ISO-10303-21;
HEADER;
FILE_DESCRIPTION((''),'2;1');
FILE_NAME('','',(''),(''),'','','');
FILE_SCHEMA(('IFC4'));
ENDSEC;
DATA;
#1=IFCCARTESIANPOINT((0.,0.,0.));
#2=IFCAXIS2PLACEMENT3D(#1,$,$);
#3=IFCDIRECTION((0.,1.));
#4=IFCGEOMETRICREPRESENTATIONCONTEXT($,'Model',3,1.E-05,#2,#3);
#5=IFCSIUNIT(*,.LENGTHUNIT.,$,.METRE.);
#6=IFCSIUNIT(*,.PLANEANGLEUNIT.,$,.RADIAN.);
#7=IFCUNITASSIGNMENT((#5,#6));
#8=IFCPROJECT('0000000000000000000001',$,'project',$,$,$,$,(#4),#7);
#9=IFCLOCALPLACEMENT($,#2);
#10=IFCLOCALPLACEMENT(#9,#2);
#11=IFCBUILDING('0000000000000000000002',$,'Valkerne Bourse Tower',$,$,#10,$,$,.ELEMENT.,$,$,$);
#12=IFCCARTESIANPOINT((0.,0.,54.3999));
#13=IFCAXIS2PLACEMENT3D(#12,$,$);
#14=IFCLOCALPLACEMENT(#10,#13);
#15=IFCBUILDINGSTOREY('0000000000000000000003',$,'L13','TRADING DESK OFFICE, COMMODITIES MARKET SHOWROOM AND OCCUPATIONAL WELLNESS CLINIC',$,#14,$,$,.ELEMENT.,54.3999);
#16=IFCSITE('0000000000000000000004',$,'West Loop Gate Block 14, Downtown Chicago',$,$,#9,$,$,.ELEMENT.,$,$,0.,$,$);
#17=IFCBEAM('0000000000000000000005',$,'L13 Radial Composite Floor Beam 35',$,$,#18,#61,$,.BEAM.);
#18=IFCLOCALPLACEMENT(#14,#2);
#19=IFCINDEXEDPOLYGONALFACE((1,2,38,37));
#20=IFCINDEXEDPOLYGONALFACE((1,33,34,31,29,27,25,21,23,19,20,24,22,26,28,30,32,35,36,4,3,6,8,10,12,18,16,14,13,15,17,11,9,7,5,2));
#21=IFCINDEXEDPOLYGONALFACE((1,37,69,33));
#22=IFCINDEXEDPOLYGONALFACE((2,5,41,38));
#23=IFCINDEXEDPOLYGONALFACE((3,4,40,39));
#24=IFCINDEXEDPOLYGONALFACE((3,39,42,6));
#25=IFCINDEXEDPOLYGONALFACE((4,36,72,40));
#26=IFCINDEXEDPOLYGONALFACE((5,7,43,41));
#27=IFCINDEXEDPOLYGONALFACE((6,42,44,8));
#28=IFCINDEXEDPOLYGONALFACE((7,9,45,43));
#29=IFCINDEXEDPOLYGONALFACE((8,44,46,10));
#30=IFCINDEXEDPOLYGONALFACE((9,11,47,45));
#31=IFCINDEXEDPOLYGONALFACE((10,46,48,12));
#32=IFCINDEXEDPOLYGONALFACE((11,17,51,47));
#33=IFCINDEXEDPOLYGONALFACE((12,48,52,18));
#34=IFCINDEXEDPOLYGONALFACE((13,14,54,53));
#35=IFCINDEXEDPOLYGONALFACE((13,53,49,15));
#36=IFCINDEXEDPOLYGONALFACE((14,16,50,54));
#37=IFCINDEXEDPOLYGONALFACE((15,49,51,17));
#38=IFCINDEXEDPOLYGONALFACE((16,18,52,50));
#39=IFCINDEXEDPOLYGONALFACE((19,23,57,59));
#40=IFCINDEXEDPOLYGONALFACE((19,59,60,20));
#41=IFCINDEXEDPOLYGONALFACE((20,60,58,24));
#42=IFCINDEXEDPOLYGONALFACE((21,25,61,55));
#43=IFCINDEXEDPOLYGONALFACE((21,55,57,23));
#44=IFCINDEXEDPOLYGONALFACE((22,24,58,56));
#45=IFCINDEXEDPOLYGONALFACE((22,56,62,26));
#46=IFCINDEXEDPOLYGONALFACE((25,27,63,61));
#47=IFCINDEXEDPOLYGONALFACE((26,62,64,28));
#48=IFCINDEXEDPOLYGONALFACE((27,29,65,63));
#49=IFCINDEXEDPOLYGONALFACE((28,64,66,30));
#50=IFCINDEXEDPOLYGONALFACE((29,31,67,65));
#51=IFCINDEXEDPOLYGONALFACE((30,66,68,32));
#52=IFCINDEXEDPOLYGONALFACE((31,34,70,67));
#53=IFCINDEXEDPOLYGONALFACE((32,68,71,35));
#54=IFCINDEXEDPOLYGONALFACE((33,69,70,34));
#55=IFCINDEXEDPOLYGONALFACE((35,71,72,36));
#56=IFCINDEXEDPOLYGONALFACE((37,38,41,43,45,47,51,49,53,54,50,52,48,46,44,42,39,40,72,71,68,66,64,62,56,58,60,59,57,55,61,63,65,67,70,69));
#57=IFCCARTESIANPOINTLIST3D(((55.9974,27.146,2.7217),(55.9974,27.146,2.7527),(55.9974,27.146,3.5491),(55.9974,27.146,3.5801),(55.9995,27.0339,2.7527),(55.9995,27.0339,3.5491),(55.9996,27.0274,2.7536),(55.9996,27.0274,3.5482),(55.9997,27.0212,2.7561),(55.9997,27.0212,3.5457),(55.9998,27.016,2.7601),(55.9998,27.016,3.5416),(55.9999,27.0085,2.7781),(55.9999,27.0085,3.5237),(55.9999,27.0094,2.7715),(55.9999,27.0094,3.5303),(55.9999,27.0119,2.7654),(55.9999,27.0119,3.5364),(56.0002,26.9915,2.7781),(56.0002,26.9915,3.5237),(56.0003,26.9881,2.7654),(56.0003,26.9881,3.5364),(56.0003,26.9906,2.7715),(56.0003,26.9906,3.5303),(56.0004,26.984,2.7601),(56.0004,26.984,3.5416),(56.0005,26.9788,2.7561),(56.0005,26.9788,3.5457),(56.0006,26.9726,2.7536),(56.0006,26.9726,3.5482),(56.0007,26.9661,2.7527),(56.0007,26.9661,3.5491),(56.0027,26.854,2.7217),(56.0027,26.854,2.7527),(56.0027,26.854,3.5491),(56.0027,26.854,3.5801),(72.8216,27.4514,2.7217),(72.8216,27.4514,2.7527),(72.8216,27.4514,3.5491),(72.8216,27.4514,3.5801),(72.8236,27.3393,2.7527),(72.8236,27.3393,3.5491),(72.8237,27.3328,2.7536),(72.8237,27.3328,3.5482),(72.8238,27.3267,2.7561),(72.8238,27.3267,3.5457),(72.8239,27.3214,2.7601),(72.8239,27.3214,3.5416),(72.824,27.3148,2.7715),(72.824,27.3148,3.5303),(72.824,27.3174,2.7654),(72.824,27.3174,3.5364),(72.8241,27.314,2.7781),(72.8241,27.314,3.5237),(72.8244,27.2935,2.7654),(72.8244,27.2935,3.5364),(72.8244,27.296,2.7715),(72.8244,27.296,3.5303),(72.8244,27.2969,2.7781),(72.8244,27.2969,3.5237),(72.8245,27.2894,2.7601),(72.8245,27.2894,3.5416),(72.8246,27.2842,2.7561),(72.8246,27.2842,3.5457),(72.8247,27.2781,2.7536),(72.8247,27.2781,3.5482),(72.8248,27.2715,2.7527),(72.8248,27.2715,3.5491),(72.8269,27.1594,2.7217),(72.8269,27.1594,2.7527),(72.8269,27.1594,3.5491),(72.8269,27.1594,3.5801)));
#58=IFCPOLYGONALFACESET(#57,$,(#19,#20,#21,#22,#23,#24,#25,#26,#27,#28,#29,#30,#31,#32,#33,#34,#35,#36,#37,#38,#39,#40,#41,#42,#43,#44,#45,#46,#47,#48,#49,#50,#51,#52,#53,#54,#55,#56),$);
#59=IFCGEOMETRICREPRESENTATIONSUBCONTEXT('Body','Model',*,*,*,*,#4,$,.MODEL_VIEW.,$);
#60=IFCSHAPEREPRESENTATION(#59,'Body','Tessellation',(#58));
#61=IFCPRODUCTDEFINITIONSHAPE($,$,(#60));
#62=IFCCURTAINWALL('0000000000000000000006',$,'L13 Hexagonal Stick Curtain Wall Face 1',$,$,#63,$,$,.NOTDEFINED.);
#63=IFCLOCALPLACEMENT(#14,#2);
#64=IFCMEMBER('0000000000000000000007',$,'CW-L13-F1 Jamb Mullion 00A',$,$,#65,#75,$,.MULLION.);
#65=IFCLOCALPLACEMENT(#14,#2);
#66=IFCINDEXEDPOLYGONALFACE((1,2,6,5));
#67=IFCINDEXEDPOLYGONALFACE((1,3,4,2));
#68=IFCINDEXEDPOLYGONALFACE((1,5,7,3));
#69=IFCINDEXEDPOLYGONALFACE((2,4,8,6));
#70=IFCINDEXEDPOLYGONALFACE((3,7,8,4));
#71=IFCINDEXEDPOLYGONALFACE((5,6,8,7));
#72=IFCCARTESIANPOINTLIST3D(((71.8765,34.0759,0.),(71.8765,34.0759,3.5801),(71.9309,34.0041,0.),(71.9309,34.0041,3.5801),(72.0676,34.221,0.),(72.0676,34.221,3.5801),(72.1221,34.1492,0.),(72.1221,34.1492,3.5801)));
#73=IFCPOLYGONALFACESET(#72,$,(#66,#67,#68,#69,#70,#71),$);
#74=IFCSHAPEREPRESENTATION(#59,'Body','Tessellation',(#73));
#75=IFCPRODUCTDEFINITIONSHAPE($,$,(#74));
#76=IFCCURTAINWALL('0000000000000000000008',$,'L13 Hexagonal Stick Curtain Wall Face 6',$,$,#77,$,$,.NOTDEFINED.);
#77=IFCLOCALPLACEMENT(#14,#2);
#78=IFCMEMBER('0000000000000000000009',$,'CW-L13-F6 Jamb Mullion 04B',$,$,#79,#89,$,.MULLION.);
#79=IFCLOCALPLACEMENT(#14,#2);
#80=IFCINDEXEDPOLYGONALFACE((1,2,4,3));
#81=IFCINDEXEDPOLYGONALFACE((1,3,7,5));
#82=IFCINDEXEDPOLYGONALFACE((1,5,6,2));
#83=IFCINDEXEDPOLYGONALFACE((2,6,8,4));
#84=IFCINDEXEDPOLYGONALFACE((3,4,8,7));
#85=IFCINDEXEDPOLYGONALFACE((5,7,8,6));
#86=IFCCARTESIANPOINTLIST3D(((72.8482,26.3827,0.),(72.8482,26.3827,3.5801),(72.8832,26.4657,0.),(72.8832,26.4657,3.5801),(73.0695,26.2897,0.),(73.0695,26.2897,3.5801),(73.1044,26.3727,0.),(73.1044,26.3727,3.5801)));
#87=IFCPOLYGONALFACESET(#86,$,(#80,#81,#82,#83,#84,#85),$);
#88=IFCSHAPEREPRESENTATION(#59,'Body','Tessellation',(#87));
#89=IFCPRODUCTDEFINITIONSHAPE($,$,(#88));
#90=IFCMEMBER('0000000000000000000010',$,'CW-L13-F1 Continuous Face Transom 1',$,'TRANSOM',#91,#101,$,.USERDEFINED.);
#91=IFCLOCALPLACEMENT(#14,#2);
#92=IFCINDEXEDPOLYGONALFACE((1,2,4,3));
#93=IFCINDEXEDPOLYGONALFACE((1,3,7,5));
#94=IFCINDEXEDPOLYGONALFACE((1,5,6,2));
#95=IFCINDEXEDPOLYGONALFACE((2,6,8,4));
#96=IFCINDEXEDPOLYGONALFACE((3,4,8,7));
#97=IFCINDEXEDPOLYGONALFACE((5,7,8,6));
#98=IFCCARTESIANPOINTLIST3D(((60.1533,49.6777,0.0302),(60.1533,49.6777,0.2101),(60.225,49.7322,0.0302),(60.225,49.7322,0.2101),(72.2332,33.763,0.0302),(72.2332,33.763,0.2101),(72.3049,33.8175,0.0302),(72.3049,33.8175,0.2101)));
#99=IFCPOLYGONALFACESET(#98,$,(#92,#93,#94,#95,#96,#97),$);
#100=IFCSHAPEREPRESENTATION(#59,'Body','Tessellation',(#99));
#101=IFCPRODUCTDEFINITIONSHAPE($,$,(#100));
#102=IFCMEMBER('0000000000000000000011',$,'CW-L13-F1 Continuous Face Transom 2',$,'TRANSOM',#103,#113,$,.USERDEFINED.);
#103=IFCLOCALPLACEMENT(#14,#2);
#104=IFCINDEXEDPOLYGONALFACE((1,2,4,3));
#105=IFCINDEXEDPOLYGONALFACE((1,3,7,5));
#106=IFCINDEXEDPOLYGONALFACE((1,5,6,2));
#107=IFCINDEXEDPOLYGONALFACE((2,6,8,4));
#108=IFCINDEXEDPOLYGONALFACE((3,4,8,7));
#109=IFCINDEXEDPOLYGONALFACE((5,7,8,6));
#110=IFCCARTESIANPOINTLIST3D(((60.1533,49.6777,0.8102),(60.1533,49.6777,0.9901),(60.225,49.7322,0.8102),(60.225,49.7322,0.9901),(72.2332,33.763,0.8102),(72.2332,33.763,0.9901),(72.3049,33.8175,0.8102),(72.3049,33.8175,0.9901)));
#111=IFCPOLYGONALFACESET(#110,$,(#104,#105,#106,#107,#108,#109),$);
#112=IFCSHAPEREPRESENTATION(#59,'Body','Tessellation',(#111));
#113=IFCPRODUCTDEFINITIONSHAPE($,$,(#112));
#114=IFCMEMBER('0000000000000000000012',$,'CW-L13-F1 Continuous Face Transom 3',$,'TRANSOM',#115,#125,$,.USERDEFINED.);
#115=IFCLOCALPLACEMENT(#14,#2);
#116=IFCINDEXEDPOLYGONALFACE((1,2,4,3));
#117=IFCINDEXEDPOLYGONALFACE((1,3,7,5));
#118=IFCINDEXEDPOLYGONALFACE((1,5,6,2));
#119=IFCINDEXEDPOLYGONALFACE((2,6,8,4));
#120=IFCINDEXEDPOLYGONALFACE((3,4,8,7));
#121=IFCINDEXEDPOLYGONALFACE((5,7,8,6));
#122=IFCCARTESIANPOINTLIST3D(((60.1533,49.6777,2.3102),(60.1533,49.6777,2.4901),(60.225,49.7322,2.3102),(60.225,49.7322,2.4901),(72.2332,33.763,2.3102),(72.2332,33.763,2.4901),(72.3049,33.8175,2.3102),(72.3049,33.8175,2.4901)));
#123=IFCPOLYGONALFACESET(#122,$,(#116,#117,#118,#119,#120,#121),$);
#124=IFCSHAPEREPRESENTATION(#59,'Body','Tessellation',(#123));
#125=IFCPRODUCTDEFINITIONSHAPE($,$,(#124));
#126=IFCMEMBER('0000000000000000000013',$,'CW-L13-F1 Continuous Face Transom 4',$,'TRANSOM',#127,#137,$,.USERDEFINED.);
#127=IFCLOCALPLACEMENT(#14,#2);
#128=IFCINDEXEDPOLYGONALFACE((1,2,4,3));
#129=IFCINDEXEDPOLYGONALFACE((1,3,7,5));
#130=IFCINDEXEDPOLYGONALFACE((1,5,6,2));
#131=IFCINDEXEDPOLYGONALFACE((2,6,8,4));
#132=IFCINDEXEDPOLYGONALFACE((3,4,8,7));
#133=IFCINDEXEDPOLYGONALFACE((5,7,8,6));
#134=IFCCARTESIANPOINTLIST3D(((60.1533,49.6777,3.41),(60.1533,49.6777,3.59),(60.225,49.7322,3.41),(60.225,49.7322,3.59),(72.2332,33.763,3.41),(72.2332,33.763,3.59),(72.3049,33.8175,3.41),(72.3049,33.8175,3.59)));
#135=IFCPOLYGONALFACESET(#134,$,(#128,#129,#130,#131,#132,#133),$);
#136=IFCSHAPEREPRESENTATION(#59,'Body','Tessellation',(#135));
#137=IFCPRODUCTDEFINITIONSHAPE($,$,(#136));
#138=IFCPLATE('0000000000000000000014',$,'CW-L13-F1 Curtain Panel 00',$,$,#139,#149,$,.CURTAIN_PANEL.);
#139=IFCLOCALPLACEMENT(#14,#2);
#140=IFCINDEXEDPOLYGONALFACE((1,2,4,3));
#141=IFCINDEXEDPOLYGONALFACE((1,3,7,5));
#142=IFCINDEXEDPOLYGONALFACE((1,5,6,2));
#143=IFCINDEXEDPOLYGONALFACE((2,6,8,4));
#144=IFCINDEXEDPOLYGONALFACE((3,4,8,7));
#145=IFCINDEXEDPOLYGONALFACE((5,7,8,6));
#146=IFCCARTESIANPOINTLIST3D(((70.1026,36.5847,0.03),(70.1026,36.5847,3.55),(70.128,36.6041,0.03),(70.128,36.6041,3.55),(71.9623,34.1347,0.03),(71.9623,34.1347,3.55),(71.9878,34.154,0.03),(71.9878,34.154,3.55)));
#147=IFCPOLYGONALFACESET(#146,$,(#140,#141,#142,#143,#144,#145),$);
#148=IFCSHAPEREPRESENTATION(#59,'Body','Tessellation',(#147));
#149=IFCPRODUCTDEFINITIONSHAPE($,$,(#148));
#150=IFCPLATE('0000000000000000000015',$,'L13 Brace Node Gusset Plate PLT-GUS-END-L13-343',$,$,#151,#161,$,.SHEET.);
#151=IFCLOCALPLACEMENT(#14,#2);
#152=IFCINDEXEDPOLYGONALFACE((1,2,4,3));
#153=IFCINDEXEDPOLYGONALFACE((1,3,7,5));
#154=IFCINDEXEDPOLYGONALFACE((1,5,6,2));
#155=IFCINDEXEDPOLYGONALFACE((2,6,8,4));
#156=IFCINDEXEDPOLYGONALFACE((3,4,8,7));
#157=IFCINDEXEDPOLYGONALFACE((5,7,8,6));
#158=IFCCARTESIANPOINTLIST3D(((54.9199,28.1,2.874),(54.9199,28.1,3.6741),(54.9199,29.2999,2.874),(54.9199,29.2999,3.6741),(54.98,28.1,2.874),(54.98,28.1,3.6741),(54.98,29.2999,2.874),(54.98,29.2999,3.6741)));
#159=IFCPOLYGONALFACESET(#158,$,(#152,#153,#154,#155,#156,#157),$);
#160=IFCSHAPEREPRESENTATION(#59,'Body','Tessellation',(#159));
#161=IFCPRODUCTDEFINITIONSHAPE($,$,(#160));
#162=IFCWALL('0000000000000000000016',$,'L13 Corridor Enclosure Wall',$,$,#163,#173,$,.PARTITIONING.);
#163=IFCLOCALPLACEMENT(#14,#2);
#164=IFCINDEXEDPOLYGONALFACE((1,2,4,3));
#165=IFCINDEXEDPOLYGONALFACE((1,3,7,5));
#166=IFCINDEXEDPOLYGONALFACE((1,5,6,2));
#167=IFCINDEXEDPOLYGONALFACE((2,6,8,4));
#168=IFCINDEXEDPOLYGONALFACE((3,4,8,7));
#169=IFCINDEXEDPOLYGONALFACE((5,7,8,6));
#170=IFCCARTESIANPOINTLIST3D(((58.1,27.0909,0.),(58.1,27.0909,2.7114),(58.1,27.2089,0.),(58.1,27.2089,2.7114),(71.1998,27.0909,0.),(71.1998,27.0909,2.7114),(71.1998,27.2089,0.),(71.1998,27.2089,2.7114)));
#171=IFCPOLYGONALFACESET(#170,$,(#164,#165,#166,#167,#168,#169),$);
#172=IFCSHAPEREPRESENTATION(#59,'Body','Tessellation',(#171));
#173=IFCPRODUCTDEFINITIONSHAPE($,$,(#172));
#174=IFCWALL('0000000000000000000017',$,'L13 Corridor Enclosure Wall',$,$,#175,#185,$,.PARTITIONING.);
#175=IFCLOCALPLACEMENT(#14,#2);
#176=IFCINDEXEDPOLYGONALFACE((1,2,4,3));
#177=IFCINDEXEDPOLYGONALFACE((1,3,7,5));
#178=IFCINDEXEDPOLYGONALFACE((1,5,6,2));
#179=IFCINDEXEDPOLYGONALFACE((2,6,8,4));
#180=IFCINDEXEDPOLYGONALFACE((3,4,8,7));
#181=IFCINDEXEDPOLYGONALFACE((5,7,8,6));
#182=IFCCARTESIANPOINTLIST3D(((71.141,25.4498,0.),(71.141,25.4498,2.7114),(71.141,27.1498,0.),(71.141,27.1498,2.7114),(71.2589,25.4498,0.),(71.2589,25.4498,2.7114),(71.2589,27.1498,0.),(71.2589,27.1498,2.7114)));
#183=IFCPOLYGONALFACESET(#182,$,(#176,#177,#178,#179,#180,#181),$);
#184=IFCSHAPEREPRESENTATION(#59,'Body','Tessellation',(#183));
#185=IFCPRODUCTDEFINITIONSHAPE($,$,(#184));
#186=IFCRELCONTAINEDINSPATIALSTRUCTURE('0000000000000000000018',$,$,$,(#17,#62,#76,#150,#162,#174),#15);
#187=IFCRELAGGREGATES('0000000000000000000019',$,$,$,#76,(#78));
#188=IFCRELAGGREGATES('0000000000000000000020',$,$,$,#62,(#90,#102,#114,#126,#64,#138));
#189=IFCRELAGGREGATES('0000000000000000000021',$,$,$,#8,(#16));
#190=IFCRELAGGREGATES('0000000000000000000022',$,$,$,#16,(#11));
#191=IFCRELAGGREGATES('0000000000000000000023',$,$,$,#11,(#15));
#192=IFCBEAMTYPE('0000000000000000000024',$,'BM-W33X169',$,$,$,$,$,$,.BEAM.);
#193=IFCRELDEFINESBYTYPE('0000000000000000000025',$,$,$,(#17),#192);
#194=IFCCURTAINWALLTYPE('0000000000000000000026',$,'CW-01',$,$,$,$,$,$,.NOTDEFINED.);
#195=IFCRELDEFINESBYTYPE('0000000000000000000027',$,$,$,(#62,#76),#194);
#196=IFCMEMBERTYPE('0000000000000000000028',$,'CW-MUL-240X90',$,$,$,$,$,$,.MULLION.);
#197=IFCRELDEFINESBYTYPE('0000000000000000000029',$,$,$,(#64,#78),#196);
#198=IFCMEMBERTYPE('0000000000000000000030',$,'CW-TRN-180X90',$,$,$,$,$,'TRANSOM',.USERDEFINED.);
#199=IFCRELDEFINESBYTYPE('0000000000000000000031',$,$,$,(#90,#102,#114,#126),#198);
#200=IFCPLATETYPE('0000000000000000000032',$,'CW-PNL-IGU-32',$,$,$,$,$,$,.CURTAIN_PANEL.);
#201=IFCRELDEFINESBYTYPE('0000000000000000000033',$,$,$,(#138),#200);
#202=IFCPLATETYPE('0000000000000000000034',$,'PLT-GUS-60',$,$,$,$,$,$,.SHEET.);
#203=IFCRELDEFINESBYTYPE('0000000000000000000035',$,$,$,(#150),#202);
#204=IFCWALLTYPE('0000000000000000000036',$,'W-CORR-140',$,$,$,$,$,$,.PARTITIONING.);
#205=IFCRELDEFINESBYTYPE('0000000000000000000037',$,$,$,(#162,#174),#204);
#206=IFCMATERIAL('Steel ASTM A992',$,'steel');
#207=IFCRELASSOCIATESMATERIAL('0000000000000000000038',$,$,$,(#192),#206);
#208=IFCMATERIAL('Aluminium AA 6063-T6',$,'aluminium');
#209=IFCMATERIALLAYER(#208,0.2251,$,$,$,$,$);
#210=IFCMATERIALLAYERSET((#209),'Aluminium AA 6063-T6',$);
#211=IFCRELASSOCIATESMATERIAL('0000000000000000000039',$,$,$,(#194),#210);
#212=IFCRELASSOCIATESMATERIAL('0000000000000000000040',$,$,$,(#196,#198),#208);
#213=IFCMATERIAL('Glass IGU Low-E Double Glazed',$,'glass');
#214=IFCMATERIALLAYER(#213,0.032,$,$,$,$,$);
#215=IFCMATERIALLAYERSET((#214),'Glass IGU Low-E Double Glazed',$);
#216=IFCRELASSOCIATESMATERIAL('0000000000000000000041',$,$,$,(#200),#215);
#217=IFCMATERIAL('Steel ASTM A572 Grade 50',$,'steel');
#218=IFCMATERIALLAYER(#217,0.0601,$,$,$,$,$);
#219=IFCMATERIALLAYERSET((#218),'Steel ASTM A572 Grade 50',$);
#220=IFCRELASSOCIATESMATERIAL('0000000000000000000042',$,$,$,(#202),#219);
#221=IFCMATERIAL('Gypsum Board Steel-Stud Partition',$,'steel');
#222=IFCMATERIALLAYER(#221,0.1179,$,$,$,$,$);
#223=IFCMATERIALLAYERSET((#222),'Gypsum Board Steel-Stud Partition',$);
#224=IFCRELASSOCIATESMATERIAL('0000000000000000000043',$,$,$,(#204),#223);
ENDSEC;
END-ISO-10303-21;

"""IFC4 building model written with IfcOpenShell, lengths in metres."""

from ifc_helpers import new_model, si_unit, direction, frame, frame_2d, origin, origin_2d, place, context, subcontext, project, spatial, rectangle, i_section, extrude, material, layer, layer_set, material_profile, profile_set, type_object, element, aggregate, save


model = new_model("IFC4")

# Units and contexts
model_context = context("Model", 3, precision=1e-05, world=origin(), true_north=direction((0.0, 1.0)))
body_context = subcontext(model_context, "Body", "Model", "MODEL_VIEW")
ifc_project = project(units=[si_unit("LENGTHUNIT", "METRE"), si_unit("PLANEANGLEUNIT", "RADIAN")], contexts=[model_context])

# Site, building, storey
site_placement = place(None, origin())
site = spatial("IfcSite", under=ifc_project, at=site_placement, Name="West Loop Gate Block 14, Downtown Chicago", CompositionType="ELEMENT", RefElevation=0.0)
building_placement = place(site_placement, origin())
building = spatial("IfcBuilding", under=site, at=building_placement, Name="Valkerne Bourse Tower", CompositionType="ELEMENT")
storey_placement = place(building_placement, frame((0.0, 0.0, 54.3999)))
storey = spatial("IfcBuildingStorey", under=building, at=storey_placement, Name="L13", Description="TRADING DESK OFFICE, COMMODITIES MARKET SHOWROOM AND OCCUPATIONAL WELLNESS CLINIC", CompositionType="ELEMENT", Elevation=54.3999)

# Beam
ifc_material_1 = material(Name="Steel ASTM A992", Category="steel")
ifc_material_profile_1 = material_profile(ifc_material_1, i_section(OverallWidth=0.292, OverallDepth=0.8584, WebThickness=0.0171, FlangeThickness=0.031, FilletRadius=0.0254, at=origin_2d()), Name="W33X169")
ifc_profile_set_1 = profile_set([ifc_material_profile_1], Name="Steel ASTM A992")
beam_type_1 = type_object("IfcBeamType", Name="BM-W33X169", PredefinedType="BEAM", material=ifc_profile_set_1)
beam_1_placement = place(storey_placement, frame((72.8242, 27.3054, 3.1509), z_axis=(-0.999835, -0.018151, 0.0), x_axis=(0.018151, -0.999835, 0.0)))
element("IfcBeam", 1, at=beam_1_placement, inside=storey, type_object=beam_type_1, Name="L13 Radial Composite Floor Beam 35", PredefinedType="BEAM", context=body_context, shape_type="SweptSolid", body=[
    extrude(i_section(OverallWidth=0.292, OverallDepth=0.8584, WebThickness=0.0171, FlangeThickness=0.031, FilletRadius=0.0254, at=origin_2d()), origin(), (0.0, 0.0, 1.0), 16.8269),
])

# Curtain walls, members
ifc_material_2 = material(Name="Aluminium AA 6063-T6", Category="aluminium")
ifc_layer_1 = layer(ifc_material_2, 0.2251)
ifc_layer_set_1 = layer_set([ifc_layer_1], Name="Aluminium AA 6063-T6")
curtain_wall_type = type_object("IfcCurtainWallType", Name="CW-01", PredefinedType="NOTDEFINED", material=ifc_layer_set_1)
curtain_wall_1_placement = place(storey_placement, origin())
curtain_wall_1 = element("IfcCurtainWall", 2, at=curtain_wall_1_placement, inside=storey, type_object=curtain_wall_type, Name="L13 Hexagonal Stick Curtain Wall Face 1", PredefinedType="NOTDEFINED")
ifc_material_profile_2 = material_profile(ifc_material_2, rectangle(XDim=0.0901, YDim=0.24, at=origin_2d()), Name="CWM-90X240")
ifc_profile_set_2 = profile_set([ifc_material_profile_2], Name="Aluminium AA 6063-T6")
member_type_1 = type_object("IfcMemberType", Name="CW-MUL-240X90", PredefinedType="MULLION", material=ifc_profile_set_2)
member_1_placement = place(storey_placement, frame((71.9993, 34.1125, 0.0), z_axis=(0.0, 0.0, 1.0), x_axis=(-0.604607, 0.796524, 0.0)))
member_1 = element("IfcMember", 3, at=member_1_placement, type_object=member_type_1, Name="CW-L13-F1 Jamb Mullion 00A", PredefinedType="MULLION", context=body_context, shape_type="SweptSolid", body=[
    extrude(rectangle(XDim=0.0901, YDim=0.24, at=origin_2d()), origin(), (0.0, 0.0, 1.0), 3.5801),
])
curtain_wall_2_placement = place(storey_placement, origin())
curtain_wall_2 = element("IfcCurtainWall", 4, at=curtain_wall_2_placement, inside=storey, type_object=curtain_wall_type, Name="L13 Hexagonal Stick Curtain Wall Face 6", PredefinedType="NOTDEFINED")
member_2_placement = place(storey_placement, frame((72.9763, 26.3777, 0.0), z_axis=(0.0, 0.0, 1.0), x_axis=(0.38751, 0.921866, 0.0)))
member_2 = element("IfcMember", 5, at=member_2_placement, type_object=member_type_1, Name="CW-L13-F6 Jamb Mullion 04B", PredefinedType="MULLION", context=body_context, shape_type="SweptSolid", body=[
    extrude(rectangle(XDim=0.0901, YDim=0.24, at=origin_2d()), origin(), (0.0, 0.0, 1.0), 3.5801),
])
aggregate(curtain_wall_2, [member_2])

# Members
ifc_material_profile_3 = material_profile(ifc_material_2, rectangle(XDim=0.0901, YDim=0.1799, at=origin_2d()), Name="CWT-90X180")
ifc_profile_set_3 = profile_set([ifc_material_profile_3], Name="Aluminium AA 6063-T6")
member_type_2 = type_object("IfcMemberType", Name="CW-TRN-180X90", ElementType="TRANSOM", PredefinedType="USERDEFINED", material=ifc_profile_set_3)
member_3_placement = place(storey_placement, frame((72.269, 33.7903, 0.1201), z_axis=(-0.6046, 0.796529, 0.0), x_axis=(-0.796529, -0.6046, 0.0)))
member_3 = element("IfcMember", 6, at=member_3_placement, type_object=member_type_2, Name="CW-L13-F1 Continuous Face Transom 1", ObjectType="TRANSOM", PredefinedType="USERDEFINED", context=body_context, shape_type="SweptSolid", body=[
    extrude(rectangle(XDim=0.0901, YDim=0.1799, at=origin_2d()), origin(), (0.0, 0.0, 1.0), 19.98),
])
member_4_placement = place(storey_placement, frame((72.269, 33.7903, 0.9001), z_axis=(-0.6046, 0.796529, 0.0), x_axis=(-0.796529, -0.6046, 0.0)))
member_4 = element("IfcMember", 7, at=member_4_placement, type_object=member_type_2, Name="CW-L13-F1 Continuous Face Transom 2", ObjectType="TRANSOM", PredefinedType="USERDEFINED", context=body_context, shape_type="SweptSolid", body=[
    extrude(rectangle(XDim=0.0901, YDim=0.1799, at=origin_2d()), origin(), (0.0, 0.0, 1.0), 19.98),
])
member_5_placement = place(storey_placement, frame((72.269, 33.7903, 2.4001), z_axis=(-0.6046, 0.796529, 0.0), x_axis=(-0.796529, -0.6046, 0.0)))
member_5 = element("IfcMember", 8, at=member_5_placement, type_object=member_type_2, Name="CW-L13-F1 Continuous Face Transom 3", ObjectType="TRANSOM", PredefinedType="USERDEFINED", context=body_context, shape_type="SweptSolid", body=[
    extrude(rectangle(XDim=0.0901, YDim=0.1799, at=origin_2d()), origin(), (0.0, 0.0, 1.0), 19.98),
])
member_6_placement = place(storey_placement, frame((72.269, 33.7903, 3.5), z_axis=(-0.6046, 0.796529, 0.0), x_axis=(-0.796529, -0.6046, 0.0)))
member_6 = element("IfcMember", 9, at=member_6_placement, type_object=member_type_2, Name="CW-L13-F1 Continuous Face Transom 4", ObjectType="TRANSOM", PredefinedType="USERDEFINED", context=body_context, shape_type="SweptSolid", body=[
    extrude(rectangle(XDim=0.0901, YDim=0.1799, at=origin_2d()), origin(), (0.0, 0.0, 1.0), 19.98),
])

# Plates
ifc_material_3 = material(Name="Glass IGU Low-E Double Glazed", Category="glass")
ifc_layer_2 = layer(ifc_material_3, 0.032)
ifc_layer_set_2 = layer_set([ifc_layer_2], Name="Glass IGU Low-E Double Glazed")
plate_type_1 = type_object("IfcPlateType", Name="CW-PNL-IGU-32", PredefinedType="CURTAIN_PANEL", material=ifc_layer_set_2)
plate_1_placement = place(storey_placement, frame((71.0452, 35.3694, 0.03), z_axis=(0.0, 0.0, 1.0), x_axis=(-0.604607, 0.796524, 0.0)))
plate_1 = element("IfcPlate", 10, at=plate_1_placement, type_object=plate_type_1, Name="CW-L13-F1 Curtain Panel 00", PredefinedType="CURTAIN_PANEL", context=body_context, shape_type="SweptSolid", body=[
    extrude(rectangle(XDim=3.0759, YDim=0.032, at=origin_2d()), origin(), (0.0, 0.0, 1.0), 3.52),
])
aggregate(curtain_wall_1, [member_3, member_4, member_5, member_6, member_1, plate_1])
ifc_material_4 = material(Name="Steel ASTM A572 Grade 50", Category="steel")
ifc_layer_3 = layer(ifc_material_4, 0.0601)
ifc_layer_set_3 = layer_set([ifc_layer_3], Name="Steel ASTM A572 Grade 50")
plate_type_2 = type_object("IfcPlateType", Name="PLT-GUS-60", PredefinedType="SHEET", material=ifc_layer_set_3)
plate_2_placement = place(storey_placement, frame((54.95, 28.7, 2.874), z_axis=(0.0, 0.0, 1.0), x_axis=(0.0, 1.0, 0.0)))
element("IfcPlate", 11, at=plate_2_placement, inside=storey, type_object=plate_type_2, Name="L13 Brace Node Gusset Plate PLT-GUS-END-L13-343", PredefinedType="SHEET", context=body_context, shape_type="SweptSolid", body=[
    extrude(rectangle(XDim=1.2, YDim=0.0601, at=origin_2d()), origin(), (0.0, 0.0, 1.0), 0.8),
])

# Walls
ifc_material_5 = material(Name="Gypsum Board Steel-Stud Partition", Category="steel")
ifc_layer_4 = layer(ifc_material_5, 0.1179)
ifc_layer_set_4 = layer_set([ifc_layer_4], Name="Gypsum Board Steel-Stud Partition")
wall_type_1 = type_object("IfcWallType", Name="W-CORR-140", PredefinedType="PARTITIONING", material=ifc_layer_set_4)
wall_1_placement = place(storey_placement, frame((58.1001, 27.1499, 0.0), z_axis=(0.0, 0.0, 1.0), x_axis=(1.0, 0.0, 0.0)))
element("IfcWall", 12, at=wall_1_placement, inside=storey, type_object=wall_type_1, Name="L13 Corridor Enclosure Wall", PredefinedType="PARTITIONING", context=body_context, shape_type="SweptSolid", body=[
    extrude(rectangle(XDim=13.0999, YDim=0.1179, at=frame_2d((6.5498, 0.0))), origin(), (0.0, 0.0, 1.0), 2.7114),
])
wall_2_placement = place(storey_placement, frame((71.2, 27.1499, 0.0), z_axis=(0.0, 0.0, 1.0), x_axis=(0.0, -1.0, 0.0)))
element("IfcWall", 13, at=wall_2_placement, inside=storey, type_object=wall_type_1, Name="L13 Corridor Enclosure Wall", PredefinedType="PARTITIONING", context=body_context, shape_type="SweptSolid", body=[
    extrude(rectangle(XDim=1.7, YDim=0.1179, at=frame_2d((0.8501, 0.0))), origin(), (0.0, 0.0, 1.0), 2.7114),
])

save(model, "model.ifc")
